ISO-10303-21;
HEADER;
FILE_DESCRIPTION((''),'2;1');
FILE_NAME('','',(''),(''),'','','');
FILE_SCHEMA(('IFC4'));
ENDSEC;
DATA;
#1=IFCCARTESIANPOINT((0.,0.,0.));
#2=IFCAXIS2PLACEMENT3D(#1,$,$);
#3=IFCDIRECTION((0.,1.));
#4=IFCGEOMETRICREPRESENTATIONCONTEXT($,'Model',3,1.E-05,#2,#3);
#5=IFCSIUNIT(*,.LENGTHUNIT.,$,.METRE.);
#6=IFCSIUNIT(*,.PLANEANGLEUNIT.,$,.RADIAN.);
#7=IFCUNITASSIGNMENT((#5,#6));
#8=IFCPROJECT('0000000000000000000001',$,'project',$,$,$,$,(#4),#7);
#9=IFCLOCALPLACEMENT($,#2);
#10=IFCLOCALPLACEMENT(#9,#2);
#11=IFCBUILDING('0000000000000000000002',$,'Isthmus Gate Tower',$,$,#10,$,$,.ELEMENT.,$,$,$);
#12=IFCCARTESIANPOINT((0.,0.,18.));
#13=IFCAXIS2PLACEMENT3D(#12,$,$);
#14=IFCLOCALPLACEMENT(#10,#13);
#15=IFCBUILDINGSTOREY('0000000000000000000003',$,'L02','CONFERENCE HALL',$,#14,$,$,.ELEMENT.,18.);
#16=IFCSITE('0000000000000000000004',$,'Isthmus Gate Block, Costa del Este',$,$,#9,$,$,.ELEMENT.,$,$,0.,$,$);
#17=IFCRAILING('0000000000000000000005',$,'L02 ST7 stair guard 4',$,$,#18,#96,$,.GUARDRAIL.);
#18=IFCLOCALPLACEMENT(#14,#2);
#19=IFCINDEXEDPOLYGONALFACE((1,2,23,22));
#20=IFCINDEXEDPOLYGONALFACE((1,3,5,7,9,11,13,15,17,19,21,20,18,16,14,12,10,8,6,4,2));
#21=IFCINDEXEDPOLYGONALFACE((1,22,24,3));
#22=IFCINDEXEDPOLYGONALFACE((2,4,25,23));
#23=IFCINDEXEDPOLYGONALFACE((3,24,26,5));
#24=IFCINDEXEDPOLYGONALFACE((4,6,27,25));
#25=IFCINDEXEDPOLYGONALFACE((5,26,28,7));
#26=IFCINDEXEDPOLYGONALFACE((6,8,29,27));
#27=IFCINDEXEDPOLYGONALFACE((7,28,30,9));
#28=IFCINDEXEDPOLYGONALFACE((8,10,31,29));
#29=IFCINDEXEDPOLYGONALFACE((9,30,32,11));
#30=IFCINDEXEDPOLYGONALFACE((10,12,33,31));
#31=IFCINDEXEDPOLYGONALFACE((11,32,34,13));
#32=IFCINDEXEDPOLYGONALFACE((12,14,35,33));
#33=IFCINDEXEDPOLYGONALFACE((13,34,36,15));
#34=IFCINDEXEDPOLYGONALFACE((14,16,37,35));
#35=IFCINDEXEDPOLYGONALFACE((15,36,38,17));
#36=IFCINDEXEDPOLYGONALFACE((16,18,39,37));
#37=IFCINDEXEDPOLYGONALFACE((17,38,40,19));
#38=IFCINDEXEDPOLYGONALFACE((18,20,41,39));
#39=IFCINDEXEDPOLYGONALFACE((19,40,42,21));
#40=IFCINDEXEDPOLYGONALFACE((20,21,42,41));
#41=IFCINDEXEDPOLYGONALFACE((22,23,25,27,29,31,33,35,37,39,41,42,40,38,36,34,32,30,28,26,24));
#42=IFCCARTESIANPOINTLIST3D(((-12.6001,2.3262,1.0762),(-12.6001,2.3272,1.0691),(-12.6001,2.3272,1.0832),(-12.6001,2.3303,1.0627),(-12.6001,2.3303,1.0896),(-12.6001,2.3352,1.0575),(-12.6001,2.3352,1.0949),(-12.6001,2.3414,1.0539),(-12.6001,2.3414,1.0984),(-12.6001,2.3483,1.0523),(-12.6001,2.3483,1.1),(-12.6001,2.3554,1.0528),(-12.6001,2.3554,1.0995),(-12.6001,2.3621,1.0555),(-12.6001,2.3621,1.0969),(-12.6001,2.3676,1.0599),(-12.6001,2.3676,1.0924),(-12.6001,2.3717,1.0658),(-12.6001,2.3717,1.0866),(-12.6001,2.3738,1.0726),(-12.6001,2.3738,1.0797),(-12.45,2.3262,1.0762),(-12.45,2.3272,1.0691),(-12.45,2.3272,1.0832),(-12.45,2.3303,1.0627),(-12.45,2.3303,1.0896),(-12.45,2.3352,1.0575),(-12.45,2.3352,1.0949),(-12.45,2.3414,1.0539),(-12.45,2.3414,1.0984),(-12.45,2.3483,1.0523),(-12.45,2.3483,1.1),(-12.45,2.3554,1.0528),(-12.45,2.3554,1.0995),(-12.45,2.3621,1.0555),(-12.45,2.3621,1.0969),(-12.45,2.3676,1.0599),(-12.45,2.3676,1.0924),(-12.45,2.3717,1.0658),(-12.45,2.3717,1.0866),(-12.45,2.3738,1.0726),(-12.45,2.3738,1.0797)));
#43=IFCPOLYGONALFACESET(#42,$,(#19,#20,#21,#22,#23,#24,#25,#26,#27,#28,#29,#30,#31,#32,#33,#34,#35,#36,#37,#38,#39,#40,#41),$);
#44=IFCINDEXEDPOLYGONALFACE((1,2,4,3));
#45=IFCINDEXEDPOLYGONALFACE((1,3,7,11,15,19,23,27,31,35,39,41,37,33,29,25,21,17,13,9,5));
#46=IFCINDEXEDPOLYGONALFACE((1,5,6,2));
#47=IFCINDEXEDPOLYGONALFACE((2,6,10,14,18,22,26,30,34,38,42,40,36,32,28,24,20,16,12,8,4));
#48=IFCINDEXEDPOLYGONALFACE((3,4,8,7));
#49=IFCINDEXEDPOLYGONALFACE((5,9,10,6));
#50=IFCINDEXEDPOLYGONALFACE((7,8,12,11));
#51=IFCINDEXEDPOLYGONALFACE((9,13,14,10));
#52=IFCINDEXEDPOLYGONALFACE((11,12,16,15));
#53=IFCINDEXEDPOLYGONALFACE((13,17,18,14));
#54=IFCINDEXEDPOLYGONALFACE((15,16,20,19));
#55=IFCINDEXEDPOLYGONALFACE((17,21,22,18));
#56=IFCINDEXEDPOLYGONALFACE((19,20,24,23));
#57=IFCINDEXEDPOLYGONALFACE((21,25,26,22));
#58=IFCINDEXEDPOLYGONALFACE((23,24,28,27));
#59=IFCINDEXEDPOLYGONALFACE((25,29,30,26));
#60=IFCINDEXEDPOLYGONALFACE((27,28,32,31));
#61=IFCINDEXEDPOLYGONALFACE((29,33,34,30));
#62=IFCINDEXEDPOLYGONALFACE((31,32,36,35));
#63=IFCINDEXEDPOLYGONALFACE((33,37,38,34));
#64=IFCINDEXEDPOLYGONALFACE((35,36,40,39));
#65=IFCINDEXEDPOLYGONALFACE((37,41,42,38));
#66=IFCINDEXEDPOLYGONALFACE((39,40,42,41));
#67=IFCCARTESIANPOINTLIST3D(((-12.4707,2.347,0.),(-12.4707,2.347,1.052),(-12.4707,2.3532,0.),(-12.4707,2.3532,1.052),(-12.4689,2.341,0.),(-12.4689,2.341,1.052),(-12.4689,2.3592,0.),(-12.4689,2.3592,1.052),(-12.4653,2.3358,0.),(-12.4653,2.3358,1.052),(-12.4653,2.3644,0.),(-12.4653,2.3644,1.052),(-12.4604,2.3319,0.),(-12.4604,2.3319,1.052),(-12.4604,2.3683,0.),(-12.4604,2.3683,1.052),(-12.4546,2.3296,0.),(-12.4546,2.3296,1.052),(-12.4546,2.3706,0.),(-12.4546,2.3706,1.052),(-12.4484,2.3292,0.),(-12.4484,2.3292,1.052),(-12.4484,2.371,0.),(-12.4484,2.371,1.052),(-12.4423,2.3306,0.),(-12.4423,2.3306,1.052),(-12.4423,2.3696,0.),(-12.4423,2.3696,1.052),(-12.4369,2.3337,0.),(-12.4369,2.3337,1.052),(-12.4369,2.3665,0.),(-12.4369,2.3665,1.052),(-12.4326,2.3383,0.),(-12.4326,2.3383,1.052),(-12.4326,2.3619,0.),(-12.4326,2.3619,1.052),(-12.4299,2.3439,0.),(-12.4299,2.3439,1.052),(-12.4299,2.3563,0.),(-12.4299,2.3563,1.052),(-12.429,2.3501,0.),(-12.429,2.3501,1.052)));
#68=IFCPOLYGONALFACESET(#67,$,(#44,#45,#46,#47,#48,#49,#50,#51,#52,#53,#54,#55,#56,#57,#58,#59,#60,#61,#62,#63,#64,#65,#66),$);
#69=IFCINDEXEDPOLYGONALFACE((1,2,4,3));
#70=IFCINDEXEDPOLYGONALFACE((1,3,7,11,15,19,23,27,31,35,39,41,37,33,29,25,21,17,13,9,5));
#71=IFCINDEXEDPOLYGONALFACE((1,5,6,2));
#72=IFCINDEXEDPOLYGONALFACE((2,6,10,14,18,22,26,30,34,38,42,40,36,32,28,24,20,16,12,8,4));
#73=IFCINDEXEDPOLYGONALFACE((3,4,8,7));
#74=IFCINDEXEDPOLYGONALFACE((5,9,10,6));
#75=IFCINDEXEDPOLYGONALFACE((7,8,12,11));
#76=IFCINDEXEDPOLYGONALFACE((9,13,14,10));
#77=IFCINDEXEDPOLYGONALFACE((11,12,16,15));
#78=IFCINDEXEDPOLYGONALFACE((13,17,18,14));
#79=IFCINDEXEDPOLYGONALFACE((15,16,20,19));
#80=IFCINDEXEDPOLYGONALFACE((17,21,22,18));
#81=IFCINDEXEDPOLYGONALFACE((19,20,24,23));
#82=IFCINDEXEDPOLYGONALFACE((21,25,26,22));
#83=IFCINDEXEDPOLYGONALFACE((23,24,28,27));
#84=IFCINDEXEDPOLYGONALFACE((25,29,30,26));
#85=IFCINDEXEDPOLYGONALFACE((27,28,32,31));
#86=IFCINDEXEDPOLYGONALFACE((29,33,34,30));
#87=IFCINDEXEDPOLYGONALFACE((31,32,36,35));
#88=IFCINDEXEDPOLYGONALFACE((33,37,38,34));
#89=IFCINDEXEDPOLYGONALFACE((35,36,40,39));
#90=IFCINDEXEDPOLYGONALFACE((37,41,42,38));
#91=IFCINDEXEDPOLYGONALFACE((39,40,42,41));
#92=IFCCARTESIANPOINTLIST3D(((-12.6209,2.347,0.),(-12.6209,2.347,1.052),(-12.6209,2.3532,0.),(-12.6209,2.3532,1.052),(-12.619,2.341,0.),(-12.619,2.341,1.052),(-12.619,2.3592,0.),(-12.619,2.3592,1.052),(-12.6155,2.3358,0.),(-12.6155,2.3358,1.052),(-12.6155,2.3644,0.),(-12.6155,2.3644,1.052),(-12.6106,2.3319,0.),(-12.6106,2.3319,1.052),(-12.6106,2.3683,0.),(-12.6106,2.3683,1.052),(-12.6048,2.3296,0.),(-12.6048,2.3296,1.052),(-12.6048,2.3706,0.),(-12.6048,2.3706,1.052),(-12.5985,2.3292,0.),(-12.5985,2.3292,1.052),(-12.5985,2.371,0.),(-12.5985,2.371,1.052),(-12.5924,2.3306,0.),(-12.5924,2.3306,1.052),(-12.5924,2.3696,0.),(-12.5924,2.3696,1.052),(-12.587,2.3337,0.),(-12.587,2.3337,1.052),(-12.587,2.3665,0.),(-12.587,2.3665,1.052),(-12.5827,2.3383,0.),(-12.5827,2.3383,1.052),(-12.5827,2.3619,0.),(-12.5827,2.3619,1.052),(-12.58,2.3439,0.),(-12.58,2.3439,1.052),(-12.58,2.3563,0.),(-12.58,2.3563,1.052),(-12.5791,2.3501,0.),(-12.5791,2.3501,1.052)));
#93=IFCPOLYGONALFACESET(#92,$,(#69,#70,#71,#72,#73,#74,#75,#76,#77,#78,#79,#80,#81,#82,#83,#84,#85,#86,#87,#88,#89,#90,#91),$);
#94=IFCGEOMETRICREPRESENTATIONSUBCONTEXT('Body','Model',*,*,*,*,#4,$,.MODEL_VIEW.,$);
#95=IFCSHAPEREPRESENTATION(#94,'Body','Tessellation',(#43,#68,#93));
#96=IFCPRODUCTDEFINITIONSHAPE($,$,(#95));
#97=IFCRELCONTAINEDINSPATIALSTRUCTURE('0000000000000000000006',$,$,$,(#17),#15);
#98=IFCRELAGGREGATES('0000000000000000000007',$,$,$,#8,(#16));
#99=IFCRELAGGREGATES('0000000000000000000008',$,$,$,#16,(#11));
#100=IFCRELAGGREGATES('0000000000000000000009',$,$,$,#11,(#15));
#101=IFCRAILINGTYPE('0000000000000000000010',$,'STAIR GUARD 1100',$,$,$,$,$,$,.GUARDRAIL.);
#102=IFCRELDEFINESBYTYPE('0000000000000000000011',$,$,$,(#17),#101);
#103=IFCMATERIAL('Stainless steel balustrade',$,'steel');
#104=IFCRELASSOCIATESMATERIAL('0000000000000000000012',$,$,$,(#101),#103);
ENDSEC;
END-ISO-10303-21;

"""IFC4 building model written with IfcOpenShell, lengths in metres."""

from ifc_helpers import new_model, si_unit, direction, frame, origin, origin_2d, place, context, subcontext, project, spatial, circle, extrude, material, type_object, element, save


model = new_model("IFC4")

# Units and contexts
model_context = context("Model", 3, precision=1e-05, world=origin(), true_north=direction((0.0, 1.0)))
body_context = subcontext(model_context, "Body", "Model", "MODEL_VIEW")
ifc_project = project(units=[si_unit("LENGTHUNIT", "METRE"), si_unit("PLANEANGLEUNIT", "RADIAN")], contexts=[model_context])

# Site, building, storey
site_placement = place(None, origin())
site = spatial("IfcSite", under=ifc_project, at=site_placement, Name="Isthmus Gate Block, Costa del Este", CompositionType="ELEMENT", RefElevation=0.0)
building_placement = place(site_placement, origin())
building = spatial("IfcBuilding", under=site, at=building_placement, Name="Isthmus Gate Tower", CompositionType="ELEMENT")
storey_placement = place(building_placement, frame((0.0, 0.0, 18.0)))
storey = spatial("IfcBuildingStorey", under=building, at=storey_placement, Name="L02", Description="CONFERENCE HALL", CompositionType="ELEMENT", Elevation=18.0)

# Railing
ifc_material_1 = material(Name="Stainless steel balustrade", Category="steel")
railing_type_1 = type_object("IfcRailingType", Name="STAIR GUARD 1100", PredefinedType="GUARDRAIL", material=ifc_material_1)
railing_1_placement = place(storey_placement, frame((-12.45, 2.3501, 0.0)))
element("IfcRailing", 1, at=railing_1_placement, inside=storey, type_object=railing_type_1, Name="L02 ST7 stair guard 4", PredefinedType="GUARDRAIL", context=body_context, shape_type="SweptSolid", body=[
    extrude(circle(Radius=0.0239, at=origin_2d()), frame((0.0, 0.0, 1.0762), z_axis=(-1.0, 0.0, 0.0), x_axis=(0.0, -1.0, 0.0)), (0.0, 0.0, 1.0), 0.1501),
    extrude(circle(Radius=0.021, at=origin_2d()), origin(), (0.0, 0.0, 1.0), 1.052),
    extrude(circle(Radius=0.021, at=origin_2d()), frame((-0.1501, 0.0, 0.0)), (0.0, 0.0, 1.0), 1.052),
])

save(model, "model.ifc")
